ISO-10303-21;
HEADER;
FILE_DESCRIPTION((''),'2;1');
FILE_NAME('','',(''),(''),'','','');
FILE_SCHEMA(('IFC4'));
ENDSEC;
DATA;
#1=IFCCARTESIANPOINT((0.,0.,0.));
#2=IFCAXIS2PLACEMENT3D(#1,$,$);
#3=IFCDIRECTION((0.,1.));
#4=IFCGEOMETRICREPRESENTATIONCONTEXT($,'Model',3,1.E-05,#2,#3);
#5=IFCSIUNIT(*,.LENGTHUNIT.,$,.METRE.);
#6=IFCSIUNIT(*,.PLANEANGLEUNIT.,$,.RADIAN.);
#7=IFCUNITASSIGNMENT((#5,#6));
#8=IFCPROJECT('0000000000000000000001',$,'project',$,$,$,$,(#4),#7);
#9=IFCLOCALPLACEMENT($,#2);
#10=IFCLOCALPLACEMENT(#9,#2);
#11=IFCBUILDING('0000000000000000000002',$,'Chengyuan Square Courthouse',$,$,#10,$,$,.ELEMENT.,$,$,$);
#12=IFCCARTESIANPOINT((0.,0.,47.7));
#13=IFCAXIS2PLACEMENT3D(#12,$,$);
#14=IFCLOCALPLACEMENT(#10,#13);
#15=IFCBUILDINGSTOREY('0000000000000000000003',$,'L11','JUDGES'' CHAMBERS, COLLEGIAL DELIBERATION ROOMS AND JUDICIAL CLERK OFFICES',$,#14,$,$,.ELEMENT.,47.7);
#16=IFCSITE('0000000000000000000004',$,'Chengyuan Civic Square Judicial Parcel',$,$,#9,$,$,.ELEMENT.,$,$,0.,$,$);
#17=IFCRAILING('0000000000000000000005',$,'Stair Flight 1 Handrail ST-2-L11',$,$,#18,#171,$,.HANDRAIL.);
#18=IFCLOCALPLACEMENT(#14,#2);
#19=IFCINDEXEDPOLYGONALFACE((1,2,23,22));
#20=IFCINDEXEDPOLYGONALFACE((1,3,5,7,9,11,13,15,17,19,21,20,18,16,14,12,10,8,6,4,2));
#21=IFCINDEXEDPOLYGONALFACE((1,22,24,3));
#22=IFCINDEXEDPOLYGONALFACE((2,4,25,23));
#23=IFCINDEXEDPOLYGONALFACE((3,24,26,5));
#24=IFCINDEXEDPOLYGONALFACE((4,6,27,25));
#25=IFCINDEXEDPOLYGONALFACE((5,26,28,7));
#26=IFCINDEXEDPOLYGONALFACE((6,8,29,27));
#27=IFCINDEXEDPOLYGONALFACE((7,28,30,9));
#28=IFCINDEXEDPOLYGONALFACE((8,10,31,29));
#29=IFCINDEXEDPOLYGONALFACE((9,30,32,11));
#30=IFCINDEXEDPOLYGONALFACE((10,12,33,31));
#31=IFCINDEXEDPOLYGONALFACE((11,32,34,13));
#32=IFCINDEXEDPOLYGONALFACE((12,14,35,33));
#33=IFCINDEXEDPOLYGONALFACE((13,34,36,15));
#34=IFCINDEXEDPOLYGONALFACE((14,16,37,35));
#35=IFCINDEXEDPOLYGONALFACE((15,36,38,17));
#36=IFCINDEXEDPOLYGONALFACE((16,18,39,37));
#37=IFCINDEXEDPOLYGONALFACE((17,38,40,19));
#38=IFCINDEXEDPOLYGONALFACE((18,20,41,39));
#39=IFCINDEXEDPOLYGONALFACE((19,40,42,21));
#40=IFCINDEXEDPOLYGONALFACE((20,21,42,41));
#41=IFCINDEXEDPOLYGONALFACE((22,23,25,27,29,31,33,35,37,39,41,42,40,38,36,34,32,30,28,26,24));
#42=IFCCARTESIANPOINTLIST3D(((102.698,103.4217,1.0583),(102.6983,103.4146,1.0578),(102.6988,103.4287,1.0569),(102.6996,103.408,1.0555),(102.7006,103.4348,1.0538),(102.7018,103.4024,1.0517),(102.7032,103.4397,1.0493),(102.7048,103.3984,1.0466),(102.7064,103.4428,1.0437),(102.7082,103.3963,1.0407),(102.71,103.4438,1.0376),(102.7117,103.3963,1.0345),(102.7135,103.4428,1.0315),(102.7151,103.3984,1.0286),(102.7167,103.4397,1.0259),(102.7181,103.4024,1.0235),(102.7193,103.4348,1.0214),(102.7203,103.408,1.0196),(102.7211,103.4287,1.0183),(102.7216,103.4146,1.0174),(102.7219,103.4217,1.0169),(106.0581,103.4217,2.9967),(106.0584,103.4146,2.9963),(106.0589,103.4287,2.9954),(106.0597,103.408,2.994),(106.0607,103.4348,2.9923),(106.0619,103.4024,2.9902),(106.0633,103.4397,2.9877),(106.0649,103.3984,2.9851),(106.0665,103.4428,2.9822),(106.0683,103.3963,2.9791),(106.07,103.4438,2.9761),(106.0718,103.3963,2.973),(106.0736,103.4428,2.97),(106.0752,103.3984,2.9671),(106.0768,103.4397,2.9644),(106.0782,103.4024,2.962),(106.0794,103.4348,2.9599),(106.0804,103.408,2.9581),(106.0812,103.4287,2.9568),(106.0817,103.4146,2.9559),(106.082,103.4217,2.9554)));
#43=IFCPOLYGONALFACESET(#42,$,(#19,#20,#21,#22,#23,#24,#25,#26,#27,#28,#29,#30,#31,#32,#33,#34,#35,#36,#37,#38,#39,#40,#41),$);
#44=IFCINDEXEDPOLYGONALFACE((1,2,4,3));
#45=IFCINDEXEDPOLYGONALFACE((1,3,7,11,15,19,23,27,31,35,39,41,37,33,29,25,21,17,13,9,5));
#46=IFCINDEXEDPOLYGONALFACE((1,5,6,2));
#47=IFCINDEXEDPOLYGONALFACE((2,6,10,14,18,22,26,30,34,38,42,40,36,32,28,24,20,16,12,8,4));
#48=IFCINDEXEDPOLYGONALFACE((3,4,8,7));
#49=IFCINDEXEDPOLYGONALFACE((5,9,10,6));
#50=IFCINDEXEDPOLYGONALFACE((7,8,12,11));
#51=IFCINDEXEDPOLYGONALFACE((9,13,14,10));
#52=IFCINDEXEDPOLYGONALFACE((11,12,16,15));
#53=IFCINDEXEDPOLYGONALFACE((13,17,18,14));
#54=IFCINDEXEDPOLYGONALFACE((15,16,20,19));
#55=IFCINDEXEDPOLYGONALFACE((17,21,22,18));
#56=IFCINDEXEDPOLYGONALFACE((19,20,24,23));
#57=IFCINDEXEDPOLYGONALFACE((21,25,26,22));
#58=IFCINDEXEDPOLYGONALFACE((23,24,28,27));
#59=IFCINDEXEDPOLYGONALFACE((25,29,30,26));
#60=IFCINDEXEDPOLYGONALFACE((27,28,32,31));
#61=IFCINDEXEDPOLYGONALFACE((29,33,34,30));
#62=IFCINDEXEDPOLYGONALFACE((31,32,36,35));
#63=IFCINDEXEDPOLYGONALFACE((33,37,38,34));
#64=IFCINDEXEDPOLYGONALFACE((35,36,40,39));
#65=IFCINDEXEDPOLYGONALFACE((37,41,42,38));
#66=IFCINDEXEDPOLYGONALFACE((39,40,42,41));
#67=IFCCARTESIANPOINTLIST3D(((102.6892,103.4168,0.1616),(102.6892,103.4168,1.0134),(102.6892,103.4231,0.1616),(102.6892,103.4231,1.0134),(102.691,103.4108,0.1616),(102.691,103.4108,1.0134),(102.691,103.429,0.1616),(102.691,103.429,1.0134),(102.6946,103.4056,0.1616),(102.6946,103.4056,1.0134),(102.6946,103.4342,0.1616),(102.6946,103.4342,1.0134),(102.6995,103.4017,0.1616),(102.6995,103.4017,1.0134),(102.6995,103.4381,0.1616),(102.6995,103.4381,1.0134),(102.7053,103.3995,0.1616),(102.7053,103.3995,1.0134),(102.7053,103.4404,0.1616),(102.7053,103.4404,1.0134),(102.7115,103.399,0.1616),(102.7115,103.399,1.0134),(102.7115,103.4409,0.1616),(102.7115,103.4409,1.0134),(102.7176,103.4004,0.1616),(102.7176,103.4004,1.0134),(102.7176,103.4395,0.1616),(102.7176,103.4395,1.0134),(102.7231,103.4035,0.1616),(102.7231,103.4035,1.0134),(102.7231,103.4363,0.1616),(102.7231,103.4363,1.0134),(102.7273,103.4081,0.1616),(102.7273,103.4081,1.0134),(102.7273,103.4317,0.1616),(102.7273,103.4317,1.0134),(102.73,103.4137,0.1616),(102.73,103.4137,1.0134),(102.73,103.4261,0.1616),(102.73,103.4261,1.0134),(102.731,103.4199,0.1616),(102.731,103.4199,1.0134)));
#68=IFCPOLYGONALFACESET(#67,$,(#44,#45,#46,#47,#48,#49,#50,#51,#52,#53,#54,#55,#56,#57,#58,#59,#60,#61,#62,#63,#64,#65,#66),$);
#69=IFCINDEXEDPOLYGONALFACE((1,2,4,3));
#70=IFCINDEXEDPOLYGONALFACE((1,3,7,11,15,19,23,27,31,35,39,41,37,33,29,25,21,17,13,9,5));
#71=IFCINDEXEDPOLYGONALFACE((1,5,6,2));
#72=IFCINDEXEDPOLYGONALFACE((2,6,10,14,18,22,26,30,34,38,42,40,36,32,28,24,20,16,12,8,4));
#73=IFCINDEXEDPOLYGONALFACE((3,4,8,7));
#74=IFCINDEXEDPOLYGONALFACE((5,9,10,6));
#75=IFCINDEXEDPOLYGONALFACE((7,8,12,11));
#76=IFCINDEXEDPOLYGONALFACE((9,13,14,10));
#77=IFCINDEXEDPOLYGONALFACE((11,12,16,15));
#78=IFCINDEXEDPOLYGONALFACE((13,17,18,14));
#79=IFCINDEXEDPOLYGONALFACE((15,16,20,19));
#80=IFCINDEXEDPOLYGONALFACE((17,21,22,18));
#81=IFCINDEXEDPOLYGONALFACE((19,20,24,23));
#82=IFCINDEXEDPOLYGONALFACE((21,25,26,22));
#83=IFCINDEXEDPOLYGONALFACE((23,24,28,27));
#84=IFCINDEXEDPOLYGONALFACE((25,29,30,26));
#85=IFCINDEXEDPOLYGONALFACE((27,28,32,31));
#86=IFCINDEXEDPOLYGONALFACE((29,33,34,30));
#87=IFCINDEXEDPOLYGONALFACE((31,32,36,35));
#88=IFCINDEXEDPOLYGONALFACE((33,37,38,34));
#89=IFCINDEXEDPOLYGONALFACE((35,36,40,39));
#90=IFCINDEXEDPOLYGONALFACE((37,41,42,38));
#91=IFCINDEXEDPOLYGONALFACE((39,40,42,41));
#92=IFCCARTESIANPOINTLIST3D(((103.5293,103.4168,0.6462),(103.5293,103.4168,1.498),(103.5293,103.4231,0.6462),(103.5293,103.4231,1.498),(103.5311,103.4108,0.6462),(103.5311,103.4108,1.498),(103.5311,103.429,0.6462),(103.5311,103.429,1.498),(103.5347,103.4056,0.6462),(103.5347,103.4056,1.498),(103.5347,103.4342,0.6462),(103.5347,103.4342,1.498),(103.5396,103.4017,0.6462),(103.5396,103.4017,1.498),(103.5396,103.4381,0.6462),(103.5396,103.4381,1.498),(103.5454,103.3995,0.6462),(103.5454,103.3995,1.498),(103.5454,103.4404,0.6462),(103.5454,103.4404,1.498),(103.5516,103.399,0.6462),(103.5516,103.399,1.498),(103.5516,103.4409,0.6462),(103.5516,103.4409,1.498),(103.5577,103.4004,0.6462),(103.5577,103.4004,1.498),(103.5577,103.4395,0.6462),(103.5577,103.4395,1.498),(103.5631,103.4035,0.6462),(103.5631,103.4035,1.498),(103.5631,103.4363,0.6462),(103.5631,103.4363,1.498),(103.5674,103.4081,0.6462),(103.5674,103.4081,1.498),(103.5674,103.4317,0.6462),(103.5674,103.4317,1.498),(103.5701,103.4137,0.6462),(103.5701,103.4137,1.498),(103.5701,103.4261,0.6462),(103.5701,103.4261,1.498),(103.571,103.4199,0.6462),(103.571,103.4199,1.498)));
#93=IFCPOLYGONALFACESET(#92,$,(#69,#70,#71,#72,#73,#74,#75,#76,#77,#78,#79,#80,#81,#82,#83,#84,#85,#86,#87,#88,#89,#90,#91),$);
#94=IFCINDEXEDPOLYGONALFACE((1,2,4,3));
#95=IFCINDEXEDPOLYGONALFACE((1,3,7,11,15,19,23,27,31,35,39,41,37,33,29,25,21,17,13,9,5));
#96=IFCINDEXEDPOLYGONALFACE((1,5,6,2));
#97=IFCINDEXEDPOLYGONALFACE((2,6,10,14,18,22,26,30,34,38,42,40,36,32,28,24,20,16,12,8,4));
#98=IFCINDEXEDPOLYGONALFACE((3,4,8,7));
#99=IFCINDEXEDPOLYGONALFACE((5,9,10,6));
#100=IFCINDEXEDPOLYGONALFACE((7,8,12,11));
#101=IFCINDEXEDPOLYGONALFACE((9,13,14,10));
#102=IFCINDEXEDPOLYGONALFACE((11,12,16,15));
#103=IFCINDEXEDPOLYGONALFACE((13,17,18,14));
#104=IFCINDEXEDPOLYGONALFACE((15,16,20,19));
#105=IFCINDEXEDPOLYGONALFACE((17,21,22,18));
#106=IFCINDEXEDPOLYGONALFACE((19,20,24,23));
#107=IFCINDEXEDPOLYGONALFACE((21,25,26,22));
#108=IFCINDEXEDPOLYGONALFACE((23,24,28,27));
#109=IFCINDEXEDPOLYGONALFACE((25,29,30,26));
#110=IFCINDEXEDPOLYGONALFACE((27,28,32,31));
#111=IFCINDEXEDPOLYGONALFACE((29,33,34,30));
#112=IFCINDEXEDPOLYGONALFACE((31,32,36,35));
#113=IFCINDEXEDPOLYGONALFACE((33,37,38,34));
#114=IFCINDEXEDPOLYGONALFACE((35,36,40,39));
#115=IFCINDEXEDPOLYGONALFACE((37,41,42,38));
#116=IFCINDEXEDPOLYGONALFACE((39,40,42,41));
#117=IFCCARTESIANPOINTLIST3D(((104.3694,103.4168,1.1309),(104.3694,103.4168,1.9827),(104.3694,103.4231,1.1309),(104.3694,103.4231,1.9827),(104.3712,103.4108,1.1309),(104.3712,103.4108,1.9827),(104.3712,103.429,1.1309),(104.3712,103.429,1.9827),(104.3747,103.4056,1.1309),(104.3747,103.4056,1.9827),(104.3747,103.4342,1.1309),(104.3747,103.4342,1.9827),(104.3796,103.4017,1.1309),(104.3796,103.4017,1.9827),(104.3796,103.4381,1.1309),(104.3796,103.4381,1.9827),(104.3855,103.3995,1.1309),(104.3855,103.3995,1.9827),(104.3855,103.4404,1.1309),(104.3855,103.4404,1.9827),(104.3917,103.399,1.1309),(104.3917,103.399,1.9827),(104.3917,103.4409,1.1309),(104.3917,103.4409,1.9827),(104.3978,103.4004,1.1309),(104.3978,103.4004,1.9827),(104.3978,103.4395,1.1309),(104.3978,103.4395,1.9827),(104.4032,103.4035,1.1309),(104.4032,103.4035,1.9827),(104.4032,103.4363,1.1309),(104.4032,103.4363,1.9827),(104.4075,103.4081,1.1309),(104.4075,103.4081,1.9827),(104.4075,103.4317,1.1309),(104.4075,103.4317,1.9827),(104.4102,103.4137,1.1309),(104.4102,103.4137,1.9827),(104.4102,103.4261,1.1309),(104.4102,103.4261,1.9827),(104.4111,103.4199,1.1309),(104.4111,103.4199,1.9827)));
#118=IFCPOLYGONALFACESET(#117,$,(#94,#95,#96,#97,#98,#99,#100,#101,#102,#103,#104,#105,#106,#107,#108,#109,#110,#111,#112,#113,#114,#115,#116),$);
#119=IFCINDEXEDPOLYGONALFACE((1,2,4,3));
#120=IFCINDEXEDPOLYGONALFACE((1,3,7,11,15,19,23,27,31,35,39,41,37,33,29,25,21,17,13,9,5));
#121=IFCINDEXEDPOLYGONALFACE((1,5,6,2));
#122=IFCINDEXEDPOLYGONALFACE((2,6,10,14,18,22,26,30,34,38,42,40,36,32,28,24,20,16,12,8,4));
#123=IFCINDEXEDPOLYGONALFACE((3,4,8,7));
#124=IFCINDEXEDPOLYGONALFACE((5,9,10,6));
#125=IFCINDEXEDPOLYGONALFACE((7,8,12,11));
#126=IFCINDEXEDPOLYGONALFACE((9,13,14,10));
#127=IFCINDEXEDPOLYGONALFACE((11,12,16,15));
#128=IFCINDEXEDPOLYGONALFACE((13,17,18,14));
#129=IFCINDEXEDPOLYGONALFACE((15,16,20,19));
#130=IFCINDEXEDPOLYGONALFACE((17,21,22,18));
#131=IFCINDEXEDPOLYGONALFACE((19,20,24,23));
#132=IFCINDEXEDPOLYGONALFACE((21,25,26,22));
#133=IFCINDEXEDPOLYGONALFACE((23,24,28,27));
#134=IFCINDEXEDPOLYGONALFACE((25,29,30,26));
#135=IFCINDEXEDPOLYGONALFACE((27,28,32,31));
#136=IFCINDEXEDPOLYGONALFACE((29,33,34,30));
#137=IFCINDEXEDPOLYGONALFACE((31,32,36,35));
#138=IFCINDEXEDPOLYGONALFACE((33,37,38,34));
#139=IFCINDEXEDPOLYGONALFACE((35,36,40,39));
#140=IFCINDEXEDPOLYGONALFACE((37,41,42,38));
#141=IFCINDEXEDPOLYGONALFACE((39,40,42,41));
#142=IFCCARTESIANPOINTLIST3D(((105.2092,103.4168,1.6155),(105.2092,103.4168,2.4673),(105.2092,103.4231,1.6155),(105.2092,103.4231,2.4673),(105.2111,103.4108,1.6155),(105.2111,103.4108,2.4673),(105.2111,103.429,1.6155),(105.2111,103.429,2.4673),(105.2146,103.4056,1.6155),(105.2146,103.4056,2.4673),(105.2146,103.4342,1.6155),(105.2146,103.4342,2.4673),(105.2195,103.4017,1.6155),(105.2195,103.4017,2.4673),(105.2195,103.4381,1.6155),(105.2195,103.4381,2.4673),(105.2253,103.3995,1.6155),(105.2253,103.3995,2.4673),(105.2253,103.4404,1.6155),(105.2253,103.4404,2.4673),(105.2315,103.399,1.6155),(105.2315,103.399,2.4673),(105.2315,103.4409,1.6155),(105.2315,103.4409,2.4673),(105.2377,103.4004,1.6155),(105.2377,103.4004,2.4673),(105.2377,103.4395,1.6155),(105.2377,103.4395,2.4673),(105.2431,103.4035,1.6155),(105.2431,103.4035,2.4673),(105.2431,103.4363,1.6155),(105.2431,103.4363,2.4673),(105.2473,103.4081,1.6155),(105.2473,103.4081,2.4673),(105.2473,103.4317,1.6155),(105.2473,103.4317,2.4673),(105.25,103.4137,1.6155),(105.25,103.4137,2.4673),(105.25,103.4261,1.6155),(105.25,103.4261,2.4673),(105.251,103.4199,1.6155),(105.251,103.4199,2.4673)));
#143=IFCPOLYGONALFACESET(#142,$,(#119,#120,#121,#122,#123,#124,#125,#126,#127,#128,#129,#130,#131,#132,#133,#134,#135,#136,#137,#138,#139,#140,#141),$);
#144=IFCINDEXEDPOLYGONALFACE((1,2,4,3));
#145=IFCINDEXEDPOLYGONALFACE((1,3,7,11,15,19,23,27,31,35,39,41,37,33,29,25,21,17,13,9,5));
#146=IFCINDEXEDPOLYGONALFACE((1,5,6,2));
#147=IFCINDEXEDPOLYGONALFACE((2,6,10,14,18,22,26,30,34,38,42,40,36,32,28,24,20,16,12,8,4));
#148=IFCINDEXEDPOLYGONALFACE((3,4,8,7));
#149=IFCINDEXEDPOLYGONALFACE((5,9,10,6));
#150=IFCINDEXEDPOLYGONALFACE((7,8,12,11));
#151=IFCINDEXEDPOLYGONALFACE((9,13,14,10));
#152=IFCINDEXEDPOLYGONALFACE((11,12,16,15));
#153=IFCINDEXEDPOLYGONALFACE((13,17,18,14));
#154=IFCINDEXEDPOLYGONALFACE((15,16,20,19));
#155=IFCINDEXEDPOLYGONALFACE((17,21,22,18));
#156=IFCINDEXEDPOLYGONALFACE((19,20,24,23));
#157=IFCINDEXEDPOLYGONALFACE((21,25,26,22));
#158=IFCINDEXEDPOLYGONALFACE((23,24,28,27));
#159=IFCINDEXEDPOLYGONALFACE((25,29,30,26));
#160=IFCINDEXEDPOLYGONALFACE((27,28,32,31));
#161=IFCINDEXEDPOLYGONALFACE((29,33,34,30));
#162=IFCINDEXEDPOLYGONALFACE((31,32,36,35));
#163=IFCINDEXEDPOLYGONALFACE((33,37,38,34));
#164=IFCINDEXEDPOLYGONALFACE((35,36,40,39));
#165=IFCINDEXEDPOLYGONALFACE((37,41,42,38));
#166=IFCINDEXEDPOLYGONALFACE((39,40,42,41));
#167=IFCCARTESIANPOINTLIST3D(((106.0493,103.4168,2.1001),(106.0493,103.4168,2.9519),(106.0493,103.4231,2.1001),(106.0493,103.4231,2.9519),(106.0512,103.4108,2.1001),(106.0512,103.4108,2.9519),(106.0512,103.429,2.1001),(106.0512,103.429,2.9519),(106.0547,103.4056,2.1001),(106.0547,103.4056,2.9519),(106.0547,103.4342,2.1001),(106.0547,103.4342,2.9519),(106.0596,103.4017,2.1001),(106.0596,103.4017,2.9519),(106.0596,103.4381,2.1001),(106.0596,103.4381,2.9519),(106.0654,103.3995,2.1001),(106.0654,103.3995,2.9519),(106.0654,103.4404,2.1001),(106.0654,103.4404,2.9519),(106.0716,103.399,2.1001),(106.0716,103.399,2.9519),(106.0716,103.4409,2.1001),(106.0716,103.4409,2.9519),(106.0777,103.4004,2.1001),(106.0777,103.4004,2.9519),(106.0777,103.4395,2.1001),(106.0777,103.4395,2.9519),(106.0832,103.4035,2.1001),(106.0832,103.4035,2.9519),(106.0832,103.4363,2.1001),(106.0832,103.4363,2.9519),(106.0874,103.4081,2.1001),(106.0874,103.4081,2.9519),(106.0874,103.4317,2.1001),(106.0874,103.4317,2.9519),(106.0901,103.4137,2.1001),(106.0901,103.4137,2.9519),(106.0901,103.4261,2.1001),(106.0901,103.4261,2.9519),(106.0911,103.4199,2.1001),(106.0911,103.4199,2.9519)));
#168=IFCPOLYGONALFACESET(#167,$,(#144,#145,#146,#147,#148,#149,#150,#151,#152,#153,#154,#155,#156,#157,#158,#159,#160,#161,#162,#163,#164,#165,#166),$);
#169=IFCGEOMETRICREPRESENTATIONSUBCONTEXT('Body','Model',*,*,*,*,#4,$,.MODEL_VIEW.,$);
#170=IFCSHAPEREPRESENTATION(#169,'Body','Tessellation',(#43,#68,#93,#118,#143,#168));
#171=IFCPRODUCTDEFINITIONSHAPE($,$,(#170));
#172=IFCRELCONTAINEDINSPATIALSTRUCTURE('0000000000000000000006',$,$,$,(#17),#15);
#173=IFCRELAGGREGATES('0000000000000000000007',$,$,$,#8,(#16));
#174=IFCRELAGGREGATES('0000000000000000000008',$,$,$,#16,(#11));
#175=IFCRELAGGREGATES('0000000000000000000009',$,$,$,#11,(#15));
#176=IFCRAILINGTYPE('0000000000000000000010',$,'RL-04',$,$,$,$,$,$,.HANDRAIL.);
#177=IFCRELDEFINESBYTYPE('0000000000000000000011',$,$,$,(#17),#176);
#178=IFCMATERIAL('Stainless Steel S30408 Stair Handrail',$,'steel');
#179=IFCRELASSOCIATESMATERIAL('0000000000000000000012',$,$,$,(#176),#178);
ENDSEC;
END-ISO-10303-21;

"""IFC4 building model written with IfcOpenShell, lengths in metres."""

from ifc_helpers import new_model, si_unit, direction, frame, origin, origin_2d, place, context, subcontext, project, spatial, circle, extrude, material, type_object, element, save


model = new_model("IFC4")

# Units and contexts
model_context = context("Model", 3, precision=1e-05, world=origin(), true_north=direction((0.0, 1.0)))
body_context = subcontext(model_context, "Body", "Model", "MODEL_VIEW")
ifc_project = project(units=[si_unit("LENGTHUNIT", "METRE"), si_unit("PLANEANGLEUNIT", "RADIAN")], contexts=[model_context])

# Site, building, storey
site_placement = place(None, origin())
site = spatial("IfcSite", under=ifc_project, at=site_placement, Name="Chengyuan Civic Square Judicial Parcel", CompositionType="ELEMENT", RefElevation=0.0)
building_placement = place(site_placement, origin())
building = spatial("IfcBuilding", under=site, at=building_placement, Name="Chengyuan Square Courthouse", CompositionType="ELEMENT")
storey_placement = place(building_placement, frame((0.0, 0.0, 47.7)))
storey = spatial("IfcBuildingStorey", under=building, at=storey_placement, Name="L11", Description="JUDGES' CHAMBERS, COLLEGIAL DELIBERATION ROOMS AND JUDICIAL CLERK OFFICES", CompositionType="ELEMENT", Elevation=47.7)

# Railing
ifc_material_1 = material(Name="Stainless Steel S30408 Stair Handrail", Category="steel")
railing_type_1 = type_object("IfcRailingType", Name="RL-04", PredefinedType="HANDRAIL", material=ifc_material_1)
railing_1_placement = place(storey_placement, frame((102.71, 103.4199, 0.1616)))
element("IfcRailing", 1, at=railing_1_placement, inside=storey, type_object=railing_type_1, Name="Stair Flight 1 Handrail ST-2-L11", PredefinedType="HANDRAIL", context=body_context, shape_type="SweptSolid", body=[
    extrude(circle(Radius=0.0239, at=origin_2d()), frame((0.0, 0.0, 0.876), z_axis=(0.866191, 0.0, 0.499713), x_axis=(0.0, 1.0, 0.0)), (0.0, 0.0, 1.0), 3.8792),
    extrude(circle(Radius=0.021, at=origin_2d()), origin(), (0.0, 0.0, 1.0), 0.8518),
    extrude(circle(Radius=0.021, at=origin_2d()), frame((0.8401, 0.0, 0.4846)), (0.0, 0.0, 1.0), 0.8518),
    extrude(circle(Radius=0.021, at=origin_2d()), frame((1.6802, 0.0, 0.9692)), (0.0, 0.0, 1.0), 0.8518),
    extrude(circle(Radius=0.021, at=origin_2d()), frame((2.52, 0.0, 1.4539)), (0.0, 0.0, 1.0), 0.8518),
    extrude(circle(Radius=0.021, at=origin_2d()), frame((3.3601, 0.0, 1.9385)), (0.0, 0.0, 1.0), 0.8518),
])

save(model, "model.ifc")
